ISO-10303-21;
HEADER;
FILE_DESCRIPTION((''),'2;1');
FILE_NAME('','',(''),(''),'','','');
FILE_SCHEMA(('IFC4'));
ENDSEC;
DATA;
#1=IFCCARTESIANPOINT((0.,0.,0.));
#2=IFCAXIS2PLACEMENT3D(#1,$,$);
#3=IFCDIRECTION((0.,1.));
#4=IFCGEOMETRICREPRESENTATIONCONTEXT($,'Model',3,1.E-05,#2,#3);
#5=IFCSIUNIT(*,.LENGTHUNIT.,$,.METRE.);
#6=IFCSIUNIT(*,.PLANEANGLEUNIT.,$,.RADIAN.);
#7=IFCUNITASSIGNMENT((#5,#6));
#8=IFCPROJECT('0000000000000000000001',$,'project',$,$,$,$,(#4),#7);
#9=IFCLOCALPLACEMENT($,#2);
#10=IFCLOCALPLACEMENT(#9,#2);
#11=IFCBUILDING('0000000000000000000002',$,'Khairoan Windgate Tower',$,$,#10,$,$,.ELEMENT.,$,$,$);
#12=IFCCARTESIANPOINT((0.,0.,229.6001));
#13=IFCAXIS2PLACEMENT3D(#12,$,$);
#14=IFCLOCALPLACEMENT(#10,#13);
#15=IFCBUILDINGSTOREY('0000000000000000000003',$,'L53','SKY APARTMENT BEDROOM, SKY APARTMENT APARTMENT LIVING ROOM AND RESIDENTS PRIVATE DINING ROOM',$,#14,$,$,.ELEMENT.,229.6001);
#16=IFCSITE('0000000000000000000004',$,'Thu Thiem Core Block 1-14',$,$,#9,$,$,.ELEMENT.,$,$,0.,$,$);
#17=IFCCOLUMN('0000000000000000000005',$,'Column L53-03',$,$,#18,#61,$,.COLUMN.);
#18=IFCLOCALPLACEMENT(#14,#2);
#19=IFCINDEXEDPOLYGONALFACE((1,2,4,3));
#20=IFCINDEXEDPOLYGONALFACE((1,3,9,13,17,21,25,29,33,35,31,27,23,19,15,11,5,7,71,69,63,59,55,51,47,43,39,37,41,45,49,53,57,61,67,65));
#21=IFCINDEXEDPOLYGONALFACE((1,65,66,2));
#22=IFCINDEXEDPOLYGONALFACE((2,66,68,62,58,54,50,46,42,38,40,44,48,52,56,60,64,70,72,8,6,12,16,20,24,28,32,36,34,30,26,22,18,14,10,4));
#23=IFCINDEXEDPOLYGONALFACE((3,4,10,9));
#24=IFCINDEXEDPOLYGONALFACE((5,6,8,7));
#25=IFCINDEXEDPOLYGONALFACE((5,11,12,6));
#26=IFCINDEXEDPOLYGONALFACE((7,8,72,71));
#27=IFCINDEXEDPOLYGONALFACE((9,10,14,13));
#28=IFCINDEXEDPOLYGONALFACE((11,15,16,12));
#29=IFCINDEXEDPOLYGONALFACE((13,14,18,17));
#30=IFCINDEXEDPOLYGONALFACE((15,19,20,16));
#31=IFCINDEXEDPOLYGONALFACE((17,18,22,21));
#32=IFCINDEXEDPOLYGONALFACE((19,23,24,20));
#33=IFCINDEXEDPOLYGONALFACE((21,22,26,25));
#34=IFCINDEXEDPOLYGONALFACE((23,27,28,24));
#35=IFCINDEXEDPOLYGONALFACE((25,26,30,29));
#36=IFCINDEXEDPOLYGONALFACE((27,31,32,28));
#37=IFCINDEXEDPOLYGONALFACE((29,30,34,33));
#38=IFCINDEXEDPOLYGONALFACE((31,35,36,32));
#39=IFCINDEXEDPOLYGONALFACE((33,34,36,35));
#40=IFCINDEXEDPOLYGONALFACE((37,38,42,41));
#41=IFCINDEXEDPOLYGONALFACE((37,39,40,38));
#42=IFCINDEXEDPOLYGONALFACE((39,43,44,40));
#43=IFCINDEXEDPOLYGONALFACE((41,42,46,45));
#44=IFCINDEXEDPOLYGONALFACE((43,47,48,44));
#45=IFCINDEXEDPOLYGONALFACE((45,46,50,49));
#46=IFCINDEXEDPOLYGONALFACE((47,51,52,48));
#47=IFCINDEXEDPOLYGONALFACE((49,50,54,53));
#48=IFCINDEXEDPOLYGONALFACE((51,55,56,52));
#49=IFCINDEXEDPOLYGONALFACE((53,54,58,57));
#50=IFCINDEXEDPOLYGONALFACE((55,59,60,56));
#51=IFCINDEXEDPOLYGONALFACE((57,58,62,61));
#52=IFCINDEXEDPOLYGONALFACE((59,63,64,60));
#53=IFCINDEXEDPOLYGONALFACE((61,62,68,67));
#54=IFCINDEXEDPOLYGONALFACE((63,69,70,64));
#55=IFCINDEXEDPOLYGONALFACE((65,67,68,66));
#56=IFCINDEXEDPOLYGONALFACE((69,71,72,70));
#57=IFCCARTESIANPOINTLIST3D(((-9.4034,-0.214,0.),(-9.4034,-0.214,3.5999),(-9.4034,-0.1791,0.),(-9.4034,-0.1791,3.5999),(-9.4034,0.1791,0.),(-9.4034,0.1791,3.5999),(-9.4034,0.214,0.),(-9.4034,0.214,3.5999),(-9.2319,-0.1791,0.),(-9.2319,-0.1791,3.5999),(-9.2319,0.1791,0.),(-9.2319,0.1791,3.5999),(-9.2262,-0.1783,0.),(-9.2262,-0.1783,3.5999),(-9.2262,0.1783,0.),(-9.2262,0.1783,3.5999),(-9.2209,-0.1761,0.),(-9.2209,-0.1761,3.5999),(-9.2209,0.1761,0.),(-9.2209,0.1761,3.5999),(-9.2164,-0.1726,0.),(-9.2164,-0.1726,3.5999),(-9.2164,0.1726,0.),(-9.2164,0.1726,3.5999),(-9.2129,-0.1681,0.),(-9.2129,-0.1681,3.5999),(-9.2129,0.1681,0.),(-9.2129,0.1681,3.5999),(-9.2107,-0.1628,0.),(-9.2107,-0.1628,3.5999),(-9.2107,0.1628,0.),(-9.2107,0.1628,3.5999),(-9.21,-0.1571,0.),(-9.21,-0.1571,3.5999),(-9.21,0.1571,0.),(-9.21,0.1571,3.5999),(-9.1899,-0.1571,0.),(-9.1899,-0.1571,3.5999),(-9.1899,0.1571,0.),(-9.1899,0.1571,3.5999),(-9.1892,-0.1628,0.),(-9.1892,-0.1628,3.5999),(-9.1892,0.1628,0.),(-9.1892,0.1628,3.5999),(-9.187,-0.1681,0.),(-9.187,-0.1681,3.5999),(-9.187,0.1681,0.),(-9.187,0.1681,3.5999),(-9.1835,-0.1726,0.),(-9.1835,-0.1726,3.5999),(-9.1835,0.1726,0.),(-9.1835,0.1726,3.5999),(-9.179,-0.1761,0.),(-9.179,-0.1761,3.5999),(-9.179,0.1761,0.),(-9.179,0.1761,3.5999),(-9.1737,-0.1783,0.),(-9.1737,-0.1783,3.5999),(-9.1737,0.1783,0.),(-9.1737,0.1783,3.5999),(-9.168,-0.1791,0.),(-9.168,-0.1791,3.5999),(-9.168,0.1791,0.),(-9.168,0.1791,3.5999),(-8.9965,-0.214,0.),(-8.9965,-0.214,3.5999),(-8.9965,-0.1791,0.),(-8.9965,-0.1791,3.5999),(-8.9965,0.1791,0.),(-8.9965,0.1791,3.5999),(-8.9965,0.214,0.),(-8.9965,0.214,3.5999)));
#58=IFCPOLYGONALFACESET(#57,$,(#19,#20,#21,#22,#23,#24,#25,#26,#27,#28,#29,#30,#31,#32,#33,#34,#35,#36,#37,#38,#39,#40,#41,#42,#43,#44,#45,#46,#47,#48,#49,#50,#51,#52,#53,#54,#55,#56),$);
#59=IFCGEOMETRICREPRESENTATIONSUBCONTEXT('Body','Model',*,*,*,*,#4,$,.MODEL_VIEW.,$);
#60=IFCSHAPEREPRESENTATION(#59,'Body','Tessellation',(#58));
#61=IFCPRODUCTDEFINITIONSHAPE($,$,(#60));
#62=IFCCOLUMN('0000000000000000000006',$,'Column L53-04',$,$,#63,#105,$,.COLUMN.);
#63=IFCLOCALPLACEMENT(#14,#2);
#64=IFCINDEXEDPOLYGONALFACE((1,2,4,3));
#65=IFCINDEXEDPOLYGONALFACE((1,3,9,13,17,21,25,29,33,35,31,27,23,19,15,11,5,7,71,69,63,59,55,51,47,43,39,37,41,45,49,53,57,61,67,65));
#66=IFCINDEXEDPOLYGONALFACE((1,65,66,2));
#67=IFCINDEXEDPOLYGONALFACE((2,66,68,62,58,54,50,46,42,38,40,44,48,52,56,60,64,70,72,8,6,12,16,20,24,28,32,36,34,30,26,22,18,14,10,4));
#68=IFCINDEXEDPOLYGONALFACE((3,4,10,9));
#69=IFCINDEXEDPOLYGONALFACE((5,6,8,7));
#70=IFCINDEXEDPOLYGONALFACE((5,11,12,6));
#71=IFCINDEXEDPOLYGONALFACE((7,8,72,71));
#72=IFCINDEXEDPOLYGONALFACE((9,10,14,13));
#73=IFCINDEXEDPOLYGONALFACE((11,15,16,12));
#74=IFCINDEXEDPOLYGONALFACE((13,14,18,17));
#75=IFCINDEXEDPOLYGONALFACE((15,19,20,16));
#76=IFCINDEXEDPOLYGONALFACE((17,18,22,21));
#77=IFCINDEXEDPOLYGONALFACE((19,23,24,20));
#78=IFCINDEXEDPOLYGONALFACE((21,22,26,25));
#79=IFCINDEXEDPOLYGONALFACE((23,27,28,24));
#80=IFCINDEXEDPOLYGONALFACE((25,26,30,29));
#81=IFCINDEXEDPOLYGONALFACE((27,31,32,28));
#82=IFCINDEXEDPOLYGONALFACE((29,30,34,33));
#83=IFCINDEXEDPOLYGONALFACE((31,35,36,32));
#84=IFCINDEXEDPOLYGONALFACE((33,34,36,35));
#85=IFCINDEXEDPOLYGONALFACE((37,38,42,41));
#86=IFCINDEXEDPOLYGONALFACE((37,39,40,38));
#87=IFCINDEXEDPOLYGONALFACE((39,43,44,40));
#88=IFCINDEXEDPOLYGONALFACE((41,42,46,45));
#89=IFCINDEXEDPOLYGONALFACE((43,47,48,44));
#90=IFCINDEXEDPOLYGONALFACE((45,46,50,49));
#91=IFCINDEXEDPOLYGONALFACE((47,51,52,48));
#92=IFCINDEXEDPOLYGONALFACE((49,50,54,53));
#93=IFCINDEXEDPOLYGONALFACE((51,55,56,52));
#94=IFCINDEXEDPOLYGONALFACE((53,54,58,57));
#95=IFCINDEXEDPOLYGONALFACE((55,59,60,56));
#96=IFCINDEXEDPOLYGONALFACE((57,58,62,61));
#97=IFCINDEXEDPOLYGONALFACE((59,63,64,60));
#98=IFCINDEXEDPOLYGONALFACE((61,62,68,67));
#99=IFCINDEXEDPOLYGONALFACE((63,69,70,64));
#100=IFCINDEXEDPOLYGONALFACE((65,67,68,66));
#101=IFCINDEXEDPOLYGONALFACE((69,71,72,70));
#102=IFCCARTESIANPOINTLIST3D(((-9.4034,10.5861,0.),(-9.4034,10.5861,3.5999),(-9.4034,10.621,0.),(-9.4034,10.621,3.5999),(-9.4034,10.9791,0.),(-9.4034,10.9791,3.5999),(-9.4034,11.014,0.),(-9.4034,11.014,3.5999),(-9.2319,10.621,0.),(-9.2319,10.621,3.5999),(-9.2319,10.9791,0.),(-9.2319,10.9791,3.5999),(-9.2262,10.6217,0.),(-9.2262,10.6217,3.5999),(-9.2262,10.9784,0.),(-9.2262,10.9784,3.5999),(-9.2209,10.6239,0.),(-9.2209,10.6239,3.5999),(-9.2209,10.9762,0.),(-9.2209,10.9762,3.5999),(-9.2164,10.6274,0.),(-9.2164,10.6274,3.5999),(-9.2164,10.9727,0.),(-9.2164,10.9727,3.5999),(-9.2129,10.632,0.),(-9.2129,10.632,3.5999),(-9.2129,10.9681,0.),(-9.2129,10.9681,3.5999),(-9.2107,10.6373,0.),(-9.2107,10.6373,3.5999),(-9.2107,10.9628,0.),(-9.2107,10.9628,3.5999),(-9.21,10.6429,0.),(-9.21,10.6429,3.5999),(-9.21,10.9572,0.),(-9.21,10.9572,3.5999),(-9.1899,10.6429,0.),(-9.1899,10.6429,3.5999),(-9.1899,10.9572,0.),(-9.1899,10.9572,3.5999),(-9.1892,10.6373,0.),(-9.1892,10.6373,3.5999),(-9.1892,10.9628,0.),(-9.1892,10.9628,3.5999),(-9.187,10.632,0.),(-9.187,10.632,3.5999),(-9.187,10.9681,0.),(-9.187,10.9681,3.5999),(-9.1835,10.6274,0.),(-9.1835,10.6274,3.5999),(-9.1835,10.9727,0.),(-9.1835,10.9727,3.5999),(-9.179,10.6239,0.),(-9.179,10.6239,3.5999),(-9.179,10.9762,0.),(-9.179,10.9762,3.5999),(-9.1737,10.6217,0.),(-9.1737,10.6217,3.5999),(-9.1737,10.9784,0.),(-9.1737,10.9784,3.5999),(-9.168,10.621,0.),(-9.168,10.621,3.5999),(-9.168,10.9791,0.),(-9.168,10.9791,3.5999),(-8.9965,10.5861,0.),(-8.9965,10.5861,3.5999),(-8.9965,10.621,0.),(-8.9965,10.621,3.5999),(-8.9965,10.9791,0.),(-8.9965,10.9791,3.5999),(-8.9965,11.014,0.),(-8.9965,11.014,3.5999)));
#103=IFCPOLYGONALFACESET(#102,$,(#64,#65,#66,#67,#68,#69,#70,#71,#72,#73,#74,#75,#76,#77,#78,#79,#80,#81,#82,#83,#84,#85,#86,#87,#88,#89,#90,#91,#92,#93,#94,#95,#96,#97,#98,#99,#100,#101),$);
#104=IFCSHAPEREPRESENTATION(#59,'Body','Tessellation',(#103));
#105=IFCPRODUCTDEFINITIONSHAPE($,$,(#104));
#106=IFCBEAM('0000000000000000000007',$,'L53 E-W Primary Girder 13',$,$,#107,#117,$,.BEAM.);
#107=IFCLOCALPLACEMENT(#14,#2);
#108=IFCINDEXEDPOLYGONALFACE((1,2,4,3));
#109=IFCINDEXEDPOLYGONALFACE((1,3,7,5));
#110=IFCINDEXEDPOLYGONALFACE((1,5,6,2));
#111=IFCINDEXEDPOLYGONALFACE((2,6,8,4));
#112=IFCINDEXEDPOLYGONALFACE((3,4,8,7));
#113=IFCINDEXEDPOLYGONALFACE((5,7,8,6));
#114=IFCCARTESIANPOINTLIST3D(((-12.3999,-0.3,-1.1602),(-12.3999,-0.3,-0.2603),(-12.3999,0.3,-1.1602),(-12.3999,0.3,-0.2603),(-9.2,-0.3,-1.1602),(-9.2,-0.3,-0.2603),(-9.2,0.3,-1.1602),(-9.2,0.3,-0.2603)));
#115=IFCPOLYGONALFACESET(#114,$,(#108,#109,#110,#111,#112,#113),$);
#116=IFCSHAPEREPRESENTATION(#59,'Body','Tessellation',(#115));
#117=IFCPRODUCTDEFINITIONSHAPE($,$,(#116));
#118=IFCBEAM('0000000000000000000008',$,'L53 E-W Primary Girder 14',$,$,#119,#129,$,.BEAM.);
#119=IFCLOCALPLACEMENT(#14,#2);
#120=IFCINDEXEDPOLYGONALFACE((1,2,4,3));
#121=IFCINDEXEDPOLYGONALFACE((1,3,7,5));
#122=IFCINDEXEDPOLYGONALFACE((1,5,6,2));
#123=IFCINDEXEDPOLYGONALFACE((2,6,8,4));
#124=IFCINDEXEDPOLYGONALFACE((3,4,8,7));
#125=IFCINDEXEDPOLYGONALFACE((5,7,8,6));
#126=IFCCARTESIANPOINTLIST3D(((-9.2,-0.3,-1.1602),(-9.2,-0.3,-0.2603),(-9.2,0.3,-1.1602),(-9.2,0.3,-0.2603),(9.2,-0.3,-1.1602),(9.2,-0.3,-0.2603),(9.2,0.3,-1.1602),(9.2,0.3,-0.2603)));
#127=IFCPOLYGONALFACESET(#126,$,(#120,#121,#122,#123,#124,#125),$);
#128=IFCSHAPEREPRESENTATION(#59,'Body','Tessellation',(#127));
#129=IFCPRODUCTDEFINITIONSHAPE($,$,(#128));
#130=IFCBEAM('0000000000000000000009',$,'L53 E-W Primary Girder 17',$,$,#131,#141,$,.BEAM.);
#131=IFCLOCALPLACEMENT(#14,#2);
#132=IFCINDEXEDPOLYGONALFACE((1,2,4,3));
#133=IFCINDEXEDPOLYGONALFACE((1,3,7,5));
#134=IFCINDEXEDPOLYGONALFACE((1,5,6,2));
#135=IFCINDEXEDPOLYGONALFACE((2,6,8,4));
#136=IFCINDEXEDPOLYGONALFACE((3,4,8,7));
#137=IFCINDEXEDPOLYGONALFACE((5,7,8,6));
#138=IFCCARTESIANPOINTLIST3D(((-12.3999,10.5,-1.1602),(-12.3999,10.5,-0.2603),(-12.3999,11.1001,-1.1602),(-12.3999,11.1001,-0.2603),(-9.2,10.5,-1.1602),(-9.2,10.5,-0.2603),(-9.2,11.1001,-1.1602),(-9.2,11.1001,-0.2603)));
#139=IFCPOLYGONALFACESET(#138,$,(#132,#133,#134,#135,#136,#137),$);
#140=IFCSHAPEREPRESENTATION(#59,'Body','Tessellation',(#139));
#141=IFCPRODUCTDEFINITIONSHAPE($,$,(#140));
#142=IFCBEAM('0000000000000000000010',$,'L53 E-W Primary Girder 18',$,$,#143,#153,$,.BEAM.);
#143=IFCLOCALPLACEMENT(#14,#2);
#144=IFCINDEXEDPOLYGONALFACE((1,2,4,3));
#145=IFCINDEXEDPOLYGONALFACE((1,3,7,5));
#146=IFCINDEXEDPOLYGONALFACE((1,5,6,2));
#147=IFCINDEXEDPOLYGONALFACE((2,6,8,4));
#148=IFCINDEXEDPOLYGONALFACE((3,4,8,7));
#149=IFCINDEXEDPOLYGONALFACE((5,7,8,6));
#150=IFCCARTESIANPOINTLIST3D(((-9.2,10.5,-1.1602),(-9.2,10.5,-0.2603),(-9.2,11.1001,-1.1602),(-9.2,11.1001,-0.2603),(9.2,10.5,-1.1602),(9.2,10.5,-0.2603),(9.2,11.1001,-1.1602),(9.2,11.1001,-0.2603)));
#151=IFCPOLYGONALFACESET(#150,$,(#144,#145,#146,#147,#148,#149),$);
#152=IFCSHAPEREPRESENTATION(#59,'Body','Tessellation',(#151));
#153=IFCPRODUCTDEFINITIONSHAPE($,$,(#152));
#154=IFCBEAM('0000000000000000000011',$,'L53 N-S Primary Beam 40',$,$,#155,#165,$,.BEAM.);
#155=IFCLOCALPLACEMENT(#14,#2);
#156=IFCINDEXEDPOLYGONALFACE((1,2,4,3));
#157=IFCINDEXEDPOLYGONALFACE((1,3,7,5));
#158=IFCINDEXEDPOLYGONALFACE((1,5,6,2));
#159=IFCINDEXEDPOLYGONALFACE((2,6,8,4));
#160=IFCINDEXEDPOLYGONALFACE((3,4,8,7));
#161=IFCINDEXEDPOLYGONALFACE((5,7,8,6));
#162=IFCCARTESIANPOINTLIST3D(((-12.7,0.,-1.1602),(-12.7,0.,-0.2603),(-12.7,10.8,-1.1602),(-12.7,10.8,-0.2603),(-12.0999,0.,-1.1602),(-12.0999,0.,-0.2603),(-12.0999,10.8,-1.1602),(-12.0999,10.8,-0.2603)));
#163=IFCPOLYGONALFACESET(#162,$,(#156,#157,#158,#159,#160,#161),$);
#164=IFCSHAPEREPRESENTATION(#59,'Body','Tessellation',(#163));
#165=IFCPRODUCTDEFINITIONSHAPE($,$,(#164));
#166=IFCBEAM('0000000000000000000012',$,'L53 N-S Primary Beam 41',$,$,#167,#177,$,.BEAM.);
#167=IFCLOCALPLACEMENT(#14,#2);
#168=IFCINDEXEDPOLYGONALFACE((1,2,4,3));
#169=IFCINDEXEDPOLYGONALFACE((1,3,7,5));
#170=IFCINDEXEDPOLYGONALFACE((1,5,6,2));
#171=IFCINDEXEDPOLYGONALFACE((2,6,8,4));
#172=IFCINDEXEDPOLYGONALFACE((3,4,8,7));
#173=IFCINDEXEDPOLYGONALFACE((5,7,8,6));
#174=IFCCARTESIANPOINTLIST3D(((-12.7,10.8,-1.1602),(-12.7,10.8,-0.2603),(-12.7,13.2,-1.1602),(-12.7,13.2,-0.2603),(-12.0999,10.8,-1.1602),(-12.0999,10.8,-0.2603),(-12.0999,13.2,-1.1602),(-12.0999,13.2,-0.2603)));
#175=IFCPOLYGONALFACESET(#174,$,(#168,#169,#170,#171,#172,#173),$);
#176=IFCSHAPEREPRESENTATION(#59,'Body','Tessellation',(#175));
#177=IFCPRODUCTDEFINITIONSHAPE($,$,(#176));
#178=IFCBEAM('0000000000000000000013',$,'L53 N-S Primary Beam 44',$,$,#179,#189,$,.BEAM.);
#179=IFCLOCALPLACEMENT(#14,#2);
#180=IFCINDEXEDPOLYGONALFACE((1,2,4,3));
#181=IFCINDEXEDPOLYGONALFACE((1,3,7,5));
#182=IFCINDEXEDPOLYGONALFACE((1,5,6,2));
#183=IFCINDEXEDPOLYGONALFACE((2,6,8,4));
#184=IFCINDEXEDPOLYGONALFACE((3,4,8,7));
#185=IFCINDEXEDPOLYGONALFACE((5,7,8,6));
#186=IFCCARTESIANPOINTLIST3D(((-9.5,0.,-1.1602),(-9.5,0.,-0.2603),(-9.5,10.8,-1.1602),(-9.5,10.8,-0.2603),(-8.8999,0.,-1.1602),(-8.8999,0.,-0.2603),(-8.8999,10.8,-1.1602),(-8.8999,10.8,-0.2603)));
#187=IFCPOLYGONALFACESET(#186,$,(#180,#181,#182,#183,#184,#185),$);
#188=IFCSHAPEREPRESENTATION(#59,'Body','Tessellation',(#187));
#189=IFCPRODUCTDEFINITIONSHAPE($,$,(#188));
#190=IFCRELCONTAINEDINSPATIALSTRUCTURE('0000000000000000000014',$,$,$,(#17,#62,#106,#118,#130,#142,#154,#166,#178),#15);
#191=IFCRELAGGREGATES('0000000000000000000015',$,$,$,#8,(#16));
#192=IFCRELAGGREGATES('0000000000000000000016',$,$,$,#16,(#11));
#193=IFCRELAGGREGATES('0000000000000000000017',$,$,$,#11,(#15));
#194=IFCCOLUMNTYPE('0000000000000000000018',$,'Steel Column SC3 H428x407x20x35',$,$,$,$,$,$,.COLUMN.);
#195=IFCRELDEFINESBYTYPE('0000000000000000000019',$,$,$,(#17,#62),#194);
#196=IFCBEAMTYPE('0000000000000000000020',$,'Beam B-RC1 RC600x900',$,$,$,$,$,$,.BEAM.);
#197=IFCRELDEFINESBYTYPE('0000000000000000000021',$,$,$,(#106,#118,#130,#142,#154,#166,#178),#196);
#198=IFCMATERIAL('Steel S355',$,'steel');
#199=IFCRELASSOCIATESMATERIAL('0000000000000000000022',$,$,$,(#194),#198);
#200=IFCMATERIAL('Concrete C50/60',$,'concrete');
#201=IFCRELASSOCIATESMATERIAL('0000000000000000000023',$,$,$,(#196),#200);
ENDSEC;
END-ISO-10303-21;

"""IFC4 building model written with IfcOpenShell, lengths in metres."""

from ifc_helpers import new_model, si_unit, direction, frame, origin, origin_2d, place, context, subcontext, project, spatial, rectangle, i_section, extrude, material, material_profile, profile_set, type_object, element, save


model = new_model("IFC4")

# Units and contexts
model_context = context("Model", 3, precision=1e-05, world=origin(), true_north=direction((0.0, 1.0)))
body_context = subcontext(model_context, "Body", "Model", "MODEL_VIEW")
ifc_project = project(units=[si_unit("LENGTHUNIT", "METRE"), si_unit("PLANEANGLEUNIT", "RADIAN")], contexts=[model_context])

# Site, building, storey
site_placement = place(None, origin())
site = spatial("IfcSite", under=ifc_project, at=site_placement, Name="Thu Thiem Core Block 1-14", CompositionType="ELEMENT", RefElevation=0.0)
building_placement = place(site_placement, origin())
building = spatial("IfcBuilding", under=site, at=building_placement, Name="Khairoan Windgate Tower", CompositionType="ELEMENT")
storey_placement = place(building_placement, frame((0.0, 0.0, 229.6001)))
storey = spatial("IfcBuildingStorey", under=building, at=storey_placement, Name="L53", Description="SKY APARTMENT BEDROOM, SKY APARTMENT APARTMENT LIVING ROOM AND RESIDENTS PRIVATE DINING ROOM", CompositionType="ELEMENT", Elevation=229.6001)

# Columns
ifc_material_1 = material(Name="Steel S355", Category="steel")
ifc_material_profile_1 = material_profile(ifc_material_1, i_section(OverallWidth=0.407, OverallDepth=0.428, WebThickness=0.02, FlangeThickness=0.0349, FilletRadius=0.022, at=origin_2d()))
ifc_profile_set_1 = profile_set([ifc_material_profile_1], Name="Steel S355")
column_type = type_object("IfcColumnType", Name="Steel Column SC3 H428x407x20x35", PredefinedType="COLUMN", material=ifc_profile_set_1)
for number, where, z_axis, x_axis, name in (
    (1, (-9.2, 0.0, 0.0), (0.0, 0.0, 1.0), (1.0, 0.0, 0.0), "Column L53-03"),
    (2, (-9.2, 10.8, 0.0), (0.0, 0.0, 1.0), (1.0, 0.0, 0.0), "Column L53-04"),
):
    element("IfcColumn", number, at=place(storey_placement, frame(where, z_axis=z_axis, x_axis=x_axis)), inside=storey, type_object=column_type, Name=name, PredefinedType="COLUMN", context=body_context, shape_type="SweptSolid", body=[
        extrude(i_section(OverallWidth=0.407, OverallDepth=0.428, WebThickness=0.02, FlangeThickness=0.0349, FilletRadius=0.022, at=origin_2d()), origin(), (0.0, 0.0, 1.0), 3.5999),
    ])

# Beams
ifc_material_2 = material(Name="Concrete C50/60", Category="concrete")
ifc_material_profile_2 = material_profile(ifc_material_2, rectangle(XDim=0.6001, YDim=0.8999, at=origin_2d()))
ifc_profile_set_2 = profile_set([ifc_material_profile_2], Name="Concrete C50/60")
beam_type = type_object("IfcBeamType", Name="Beam B-RC1 RC600x900", PredefinedType="BEAM", material=ifc_profile_set_2)
beam_1_placement = place(storey_placement, frame((-12.3999, 0.0, -0.7102), z_axis=(1.0, 0.0, 0.0), x_axis=(0.0, 1.0, 0.0)))
element("IfcBeam", 3, at=beam_1_placement, inside=storey, type_object=beam_type, Name="L53 E-W Primary Girder 13", PredefinedType="BEAM", context=body_context, shape_type="SweptSolid", body=[
    extrude(rectangle(XDim=0.6001, YDim=0.8999, at=origin_2d()), origin(), (0.0, 0.0, 1.0), 3.2),
])
beam_2_placement = place(storey_placement, frame((-9.2, 0.0, -0.7102), z_axis=(1.0, 0.0, 0.0), x_axis=(0.0, 1.0, 0.0)))
element("IfcBeam", 4, at=beam_2_placement, inside=storey, type_object=beam_type, Name="L53 E-W Primary Girder 14", PredefinedType="BEAM", context=body_context, shape_type="SweptSolid", body=[
    extrude(rectangle(XDim=0.6001, YDim=0.8999, at=origin_2d()), origin(), (0.0, 0.0, 1.0), 18.3999),
])
beam_3_placement = place(storey_placement, frame((-12.3999, 10.8, -0.7102), z_axis=(1.0, 0.0, 0.0), x_axis=(0.0, 1.0, 0.0)))
element("IfcBeam", 5, at=beam_3_placement, inside=storey, type_object=beam_type, Name="L53 E-W Primary Girder 17", PredefinedType="BEAM", context=body_context, shape_type="SweptSolid", body=[
    extrude(rectangle(XDim=0.6001, YDim=0.8999, at=origin_2d()), origin(), (0.0, 0.0, 1.0), 3.2),
])
beam_4_placement = place(storey_placement, frame((-9.2, 10.8, -0.7102), z_axis=(1.0, 0.0, 0.0), x_axis=(0.0, 1.0, 0.0)))
element("IfcBeam", 6, at=beam_4_placement, inside=storey, type_object=beam_type, Name="L53 E-W Primary Girder 18", PredefinedType="BEAM", context=body_context, shape_type="SweptSolid", body=[
    extrude(rectangle(XDim=0.6001, YDim=0.8999, at=origin_2d()), origin(), (0.0, 0.0, 1.0), 18.3999),
])
beam_5_placement = place(storey_placement, frame((-12.3999, 0.0, -0.7102), z_axis=(0.0, 1.0, 0.0), x_axis=(-1.0, 0.0, 0.0)))
element("IfcBeam", 7, at=beam_5_placement, inside=storey, type_object=beam_type, Name="L53 N-S Primary Beam 40", PredefinedType="BEAM", context=body_context, shape_type="SweptSolid", body=[
    extrude(rectangle(XDim=0.6001, YDim=0.8999, at=origin_2d()), origin(), (0.0, 0.0, 1.0), 10.8),
])
beam_6_placement = place(storey_placement, frame((-12.3999, 10.8, -0.7102), z_axis=(0.0, 1.0, 0.0), x_axis=(-1.0, 0.0, 0.0)))
element("IfcBeam", 8, at=beam_6_placement, inside=storey, type_object=beam_type, Name="L53 N-S Primary Beam 41", PredefinedType="BEAM", context=body_context, shape_type="SweptSolid", body=[
    extrude(rectangle(XDim=0.6001, YDim=0.8999, at=origin_2d()), origin(), (0.0, 0.0, 1.0), 2.3999),
])
beam_7_placement = place(storey_placement, frame((-9.2, 0.0, -0.7102), z_axis=(0.0, 1.0, 0.0), x_axis=(-1.0, 0.0, 0.0)))
element("IfcBeam", 9, at=beam_7_placement, inside=storey, type_object=beam_type, Name="L53 N-S Primary Beam 44", PredefinedType="BEAM", context=body_context, shape_type="SweptSolid", body=[
    extrude(rectangle(XDim=0.6001, YDim=0.8999, at=origin_2d()), origin(), (0.0, 0.0, 1.0), 10.8),
])

save(model, "model.ifc")
